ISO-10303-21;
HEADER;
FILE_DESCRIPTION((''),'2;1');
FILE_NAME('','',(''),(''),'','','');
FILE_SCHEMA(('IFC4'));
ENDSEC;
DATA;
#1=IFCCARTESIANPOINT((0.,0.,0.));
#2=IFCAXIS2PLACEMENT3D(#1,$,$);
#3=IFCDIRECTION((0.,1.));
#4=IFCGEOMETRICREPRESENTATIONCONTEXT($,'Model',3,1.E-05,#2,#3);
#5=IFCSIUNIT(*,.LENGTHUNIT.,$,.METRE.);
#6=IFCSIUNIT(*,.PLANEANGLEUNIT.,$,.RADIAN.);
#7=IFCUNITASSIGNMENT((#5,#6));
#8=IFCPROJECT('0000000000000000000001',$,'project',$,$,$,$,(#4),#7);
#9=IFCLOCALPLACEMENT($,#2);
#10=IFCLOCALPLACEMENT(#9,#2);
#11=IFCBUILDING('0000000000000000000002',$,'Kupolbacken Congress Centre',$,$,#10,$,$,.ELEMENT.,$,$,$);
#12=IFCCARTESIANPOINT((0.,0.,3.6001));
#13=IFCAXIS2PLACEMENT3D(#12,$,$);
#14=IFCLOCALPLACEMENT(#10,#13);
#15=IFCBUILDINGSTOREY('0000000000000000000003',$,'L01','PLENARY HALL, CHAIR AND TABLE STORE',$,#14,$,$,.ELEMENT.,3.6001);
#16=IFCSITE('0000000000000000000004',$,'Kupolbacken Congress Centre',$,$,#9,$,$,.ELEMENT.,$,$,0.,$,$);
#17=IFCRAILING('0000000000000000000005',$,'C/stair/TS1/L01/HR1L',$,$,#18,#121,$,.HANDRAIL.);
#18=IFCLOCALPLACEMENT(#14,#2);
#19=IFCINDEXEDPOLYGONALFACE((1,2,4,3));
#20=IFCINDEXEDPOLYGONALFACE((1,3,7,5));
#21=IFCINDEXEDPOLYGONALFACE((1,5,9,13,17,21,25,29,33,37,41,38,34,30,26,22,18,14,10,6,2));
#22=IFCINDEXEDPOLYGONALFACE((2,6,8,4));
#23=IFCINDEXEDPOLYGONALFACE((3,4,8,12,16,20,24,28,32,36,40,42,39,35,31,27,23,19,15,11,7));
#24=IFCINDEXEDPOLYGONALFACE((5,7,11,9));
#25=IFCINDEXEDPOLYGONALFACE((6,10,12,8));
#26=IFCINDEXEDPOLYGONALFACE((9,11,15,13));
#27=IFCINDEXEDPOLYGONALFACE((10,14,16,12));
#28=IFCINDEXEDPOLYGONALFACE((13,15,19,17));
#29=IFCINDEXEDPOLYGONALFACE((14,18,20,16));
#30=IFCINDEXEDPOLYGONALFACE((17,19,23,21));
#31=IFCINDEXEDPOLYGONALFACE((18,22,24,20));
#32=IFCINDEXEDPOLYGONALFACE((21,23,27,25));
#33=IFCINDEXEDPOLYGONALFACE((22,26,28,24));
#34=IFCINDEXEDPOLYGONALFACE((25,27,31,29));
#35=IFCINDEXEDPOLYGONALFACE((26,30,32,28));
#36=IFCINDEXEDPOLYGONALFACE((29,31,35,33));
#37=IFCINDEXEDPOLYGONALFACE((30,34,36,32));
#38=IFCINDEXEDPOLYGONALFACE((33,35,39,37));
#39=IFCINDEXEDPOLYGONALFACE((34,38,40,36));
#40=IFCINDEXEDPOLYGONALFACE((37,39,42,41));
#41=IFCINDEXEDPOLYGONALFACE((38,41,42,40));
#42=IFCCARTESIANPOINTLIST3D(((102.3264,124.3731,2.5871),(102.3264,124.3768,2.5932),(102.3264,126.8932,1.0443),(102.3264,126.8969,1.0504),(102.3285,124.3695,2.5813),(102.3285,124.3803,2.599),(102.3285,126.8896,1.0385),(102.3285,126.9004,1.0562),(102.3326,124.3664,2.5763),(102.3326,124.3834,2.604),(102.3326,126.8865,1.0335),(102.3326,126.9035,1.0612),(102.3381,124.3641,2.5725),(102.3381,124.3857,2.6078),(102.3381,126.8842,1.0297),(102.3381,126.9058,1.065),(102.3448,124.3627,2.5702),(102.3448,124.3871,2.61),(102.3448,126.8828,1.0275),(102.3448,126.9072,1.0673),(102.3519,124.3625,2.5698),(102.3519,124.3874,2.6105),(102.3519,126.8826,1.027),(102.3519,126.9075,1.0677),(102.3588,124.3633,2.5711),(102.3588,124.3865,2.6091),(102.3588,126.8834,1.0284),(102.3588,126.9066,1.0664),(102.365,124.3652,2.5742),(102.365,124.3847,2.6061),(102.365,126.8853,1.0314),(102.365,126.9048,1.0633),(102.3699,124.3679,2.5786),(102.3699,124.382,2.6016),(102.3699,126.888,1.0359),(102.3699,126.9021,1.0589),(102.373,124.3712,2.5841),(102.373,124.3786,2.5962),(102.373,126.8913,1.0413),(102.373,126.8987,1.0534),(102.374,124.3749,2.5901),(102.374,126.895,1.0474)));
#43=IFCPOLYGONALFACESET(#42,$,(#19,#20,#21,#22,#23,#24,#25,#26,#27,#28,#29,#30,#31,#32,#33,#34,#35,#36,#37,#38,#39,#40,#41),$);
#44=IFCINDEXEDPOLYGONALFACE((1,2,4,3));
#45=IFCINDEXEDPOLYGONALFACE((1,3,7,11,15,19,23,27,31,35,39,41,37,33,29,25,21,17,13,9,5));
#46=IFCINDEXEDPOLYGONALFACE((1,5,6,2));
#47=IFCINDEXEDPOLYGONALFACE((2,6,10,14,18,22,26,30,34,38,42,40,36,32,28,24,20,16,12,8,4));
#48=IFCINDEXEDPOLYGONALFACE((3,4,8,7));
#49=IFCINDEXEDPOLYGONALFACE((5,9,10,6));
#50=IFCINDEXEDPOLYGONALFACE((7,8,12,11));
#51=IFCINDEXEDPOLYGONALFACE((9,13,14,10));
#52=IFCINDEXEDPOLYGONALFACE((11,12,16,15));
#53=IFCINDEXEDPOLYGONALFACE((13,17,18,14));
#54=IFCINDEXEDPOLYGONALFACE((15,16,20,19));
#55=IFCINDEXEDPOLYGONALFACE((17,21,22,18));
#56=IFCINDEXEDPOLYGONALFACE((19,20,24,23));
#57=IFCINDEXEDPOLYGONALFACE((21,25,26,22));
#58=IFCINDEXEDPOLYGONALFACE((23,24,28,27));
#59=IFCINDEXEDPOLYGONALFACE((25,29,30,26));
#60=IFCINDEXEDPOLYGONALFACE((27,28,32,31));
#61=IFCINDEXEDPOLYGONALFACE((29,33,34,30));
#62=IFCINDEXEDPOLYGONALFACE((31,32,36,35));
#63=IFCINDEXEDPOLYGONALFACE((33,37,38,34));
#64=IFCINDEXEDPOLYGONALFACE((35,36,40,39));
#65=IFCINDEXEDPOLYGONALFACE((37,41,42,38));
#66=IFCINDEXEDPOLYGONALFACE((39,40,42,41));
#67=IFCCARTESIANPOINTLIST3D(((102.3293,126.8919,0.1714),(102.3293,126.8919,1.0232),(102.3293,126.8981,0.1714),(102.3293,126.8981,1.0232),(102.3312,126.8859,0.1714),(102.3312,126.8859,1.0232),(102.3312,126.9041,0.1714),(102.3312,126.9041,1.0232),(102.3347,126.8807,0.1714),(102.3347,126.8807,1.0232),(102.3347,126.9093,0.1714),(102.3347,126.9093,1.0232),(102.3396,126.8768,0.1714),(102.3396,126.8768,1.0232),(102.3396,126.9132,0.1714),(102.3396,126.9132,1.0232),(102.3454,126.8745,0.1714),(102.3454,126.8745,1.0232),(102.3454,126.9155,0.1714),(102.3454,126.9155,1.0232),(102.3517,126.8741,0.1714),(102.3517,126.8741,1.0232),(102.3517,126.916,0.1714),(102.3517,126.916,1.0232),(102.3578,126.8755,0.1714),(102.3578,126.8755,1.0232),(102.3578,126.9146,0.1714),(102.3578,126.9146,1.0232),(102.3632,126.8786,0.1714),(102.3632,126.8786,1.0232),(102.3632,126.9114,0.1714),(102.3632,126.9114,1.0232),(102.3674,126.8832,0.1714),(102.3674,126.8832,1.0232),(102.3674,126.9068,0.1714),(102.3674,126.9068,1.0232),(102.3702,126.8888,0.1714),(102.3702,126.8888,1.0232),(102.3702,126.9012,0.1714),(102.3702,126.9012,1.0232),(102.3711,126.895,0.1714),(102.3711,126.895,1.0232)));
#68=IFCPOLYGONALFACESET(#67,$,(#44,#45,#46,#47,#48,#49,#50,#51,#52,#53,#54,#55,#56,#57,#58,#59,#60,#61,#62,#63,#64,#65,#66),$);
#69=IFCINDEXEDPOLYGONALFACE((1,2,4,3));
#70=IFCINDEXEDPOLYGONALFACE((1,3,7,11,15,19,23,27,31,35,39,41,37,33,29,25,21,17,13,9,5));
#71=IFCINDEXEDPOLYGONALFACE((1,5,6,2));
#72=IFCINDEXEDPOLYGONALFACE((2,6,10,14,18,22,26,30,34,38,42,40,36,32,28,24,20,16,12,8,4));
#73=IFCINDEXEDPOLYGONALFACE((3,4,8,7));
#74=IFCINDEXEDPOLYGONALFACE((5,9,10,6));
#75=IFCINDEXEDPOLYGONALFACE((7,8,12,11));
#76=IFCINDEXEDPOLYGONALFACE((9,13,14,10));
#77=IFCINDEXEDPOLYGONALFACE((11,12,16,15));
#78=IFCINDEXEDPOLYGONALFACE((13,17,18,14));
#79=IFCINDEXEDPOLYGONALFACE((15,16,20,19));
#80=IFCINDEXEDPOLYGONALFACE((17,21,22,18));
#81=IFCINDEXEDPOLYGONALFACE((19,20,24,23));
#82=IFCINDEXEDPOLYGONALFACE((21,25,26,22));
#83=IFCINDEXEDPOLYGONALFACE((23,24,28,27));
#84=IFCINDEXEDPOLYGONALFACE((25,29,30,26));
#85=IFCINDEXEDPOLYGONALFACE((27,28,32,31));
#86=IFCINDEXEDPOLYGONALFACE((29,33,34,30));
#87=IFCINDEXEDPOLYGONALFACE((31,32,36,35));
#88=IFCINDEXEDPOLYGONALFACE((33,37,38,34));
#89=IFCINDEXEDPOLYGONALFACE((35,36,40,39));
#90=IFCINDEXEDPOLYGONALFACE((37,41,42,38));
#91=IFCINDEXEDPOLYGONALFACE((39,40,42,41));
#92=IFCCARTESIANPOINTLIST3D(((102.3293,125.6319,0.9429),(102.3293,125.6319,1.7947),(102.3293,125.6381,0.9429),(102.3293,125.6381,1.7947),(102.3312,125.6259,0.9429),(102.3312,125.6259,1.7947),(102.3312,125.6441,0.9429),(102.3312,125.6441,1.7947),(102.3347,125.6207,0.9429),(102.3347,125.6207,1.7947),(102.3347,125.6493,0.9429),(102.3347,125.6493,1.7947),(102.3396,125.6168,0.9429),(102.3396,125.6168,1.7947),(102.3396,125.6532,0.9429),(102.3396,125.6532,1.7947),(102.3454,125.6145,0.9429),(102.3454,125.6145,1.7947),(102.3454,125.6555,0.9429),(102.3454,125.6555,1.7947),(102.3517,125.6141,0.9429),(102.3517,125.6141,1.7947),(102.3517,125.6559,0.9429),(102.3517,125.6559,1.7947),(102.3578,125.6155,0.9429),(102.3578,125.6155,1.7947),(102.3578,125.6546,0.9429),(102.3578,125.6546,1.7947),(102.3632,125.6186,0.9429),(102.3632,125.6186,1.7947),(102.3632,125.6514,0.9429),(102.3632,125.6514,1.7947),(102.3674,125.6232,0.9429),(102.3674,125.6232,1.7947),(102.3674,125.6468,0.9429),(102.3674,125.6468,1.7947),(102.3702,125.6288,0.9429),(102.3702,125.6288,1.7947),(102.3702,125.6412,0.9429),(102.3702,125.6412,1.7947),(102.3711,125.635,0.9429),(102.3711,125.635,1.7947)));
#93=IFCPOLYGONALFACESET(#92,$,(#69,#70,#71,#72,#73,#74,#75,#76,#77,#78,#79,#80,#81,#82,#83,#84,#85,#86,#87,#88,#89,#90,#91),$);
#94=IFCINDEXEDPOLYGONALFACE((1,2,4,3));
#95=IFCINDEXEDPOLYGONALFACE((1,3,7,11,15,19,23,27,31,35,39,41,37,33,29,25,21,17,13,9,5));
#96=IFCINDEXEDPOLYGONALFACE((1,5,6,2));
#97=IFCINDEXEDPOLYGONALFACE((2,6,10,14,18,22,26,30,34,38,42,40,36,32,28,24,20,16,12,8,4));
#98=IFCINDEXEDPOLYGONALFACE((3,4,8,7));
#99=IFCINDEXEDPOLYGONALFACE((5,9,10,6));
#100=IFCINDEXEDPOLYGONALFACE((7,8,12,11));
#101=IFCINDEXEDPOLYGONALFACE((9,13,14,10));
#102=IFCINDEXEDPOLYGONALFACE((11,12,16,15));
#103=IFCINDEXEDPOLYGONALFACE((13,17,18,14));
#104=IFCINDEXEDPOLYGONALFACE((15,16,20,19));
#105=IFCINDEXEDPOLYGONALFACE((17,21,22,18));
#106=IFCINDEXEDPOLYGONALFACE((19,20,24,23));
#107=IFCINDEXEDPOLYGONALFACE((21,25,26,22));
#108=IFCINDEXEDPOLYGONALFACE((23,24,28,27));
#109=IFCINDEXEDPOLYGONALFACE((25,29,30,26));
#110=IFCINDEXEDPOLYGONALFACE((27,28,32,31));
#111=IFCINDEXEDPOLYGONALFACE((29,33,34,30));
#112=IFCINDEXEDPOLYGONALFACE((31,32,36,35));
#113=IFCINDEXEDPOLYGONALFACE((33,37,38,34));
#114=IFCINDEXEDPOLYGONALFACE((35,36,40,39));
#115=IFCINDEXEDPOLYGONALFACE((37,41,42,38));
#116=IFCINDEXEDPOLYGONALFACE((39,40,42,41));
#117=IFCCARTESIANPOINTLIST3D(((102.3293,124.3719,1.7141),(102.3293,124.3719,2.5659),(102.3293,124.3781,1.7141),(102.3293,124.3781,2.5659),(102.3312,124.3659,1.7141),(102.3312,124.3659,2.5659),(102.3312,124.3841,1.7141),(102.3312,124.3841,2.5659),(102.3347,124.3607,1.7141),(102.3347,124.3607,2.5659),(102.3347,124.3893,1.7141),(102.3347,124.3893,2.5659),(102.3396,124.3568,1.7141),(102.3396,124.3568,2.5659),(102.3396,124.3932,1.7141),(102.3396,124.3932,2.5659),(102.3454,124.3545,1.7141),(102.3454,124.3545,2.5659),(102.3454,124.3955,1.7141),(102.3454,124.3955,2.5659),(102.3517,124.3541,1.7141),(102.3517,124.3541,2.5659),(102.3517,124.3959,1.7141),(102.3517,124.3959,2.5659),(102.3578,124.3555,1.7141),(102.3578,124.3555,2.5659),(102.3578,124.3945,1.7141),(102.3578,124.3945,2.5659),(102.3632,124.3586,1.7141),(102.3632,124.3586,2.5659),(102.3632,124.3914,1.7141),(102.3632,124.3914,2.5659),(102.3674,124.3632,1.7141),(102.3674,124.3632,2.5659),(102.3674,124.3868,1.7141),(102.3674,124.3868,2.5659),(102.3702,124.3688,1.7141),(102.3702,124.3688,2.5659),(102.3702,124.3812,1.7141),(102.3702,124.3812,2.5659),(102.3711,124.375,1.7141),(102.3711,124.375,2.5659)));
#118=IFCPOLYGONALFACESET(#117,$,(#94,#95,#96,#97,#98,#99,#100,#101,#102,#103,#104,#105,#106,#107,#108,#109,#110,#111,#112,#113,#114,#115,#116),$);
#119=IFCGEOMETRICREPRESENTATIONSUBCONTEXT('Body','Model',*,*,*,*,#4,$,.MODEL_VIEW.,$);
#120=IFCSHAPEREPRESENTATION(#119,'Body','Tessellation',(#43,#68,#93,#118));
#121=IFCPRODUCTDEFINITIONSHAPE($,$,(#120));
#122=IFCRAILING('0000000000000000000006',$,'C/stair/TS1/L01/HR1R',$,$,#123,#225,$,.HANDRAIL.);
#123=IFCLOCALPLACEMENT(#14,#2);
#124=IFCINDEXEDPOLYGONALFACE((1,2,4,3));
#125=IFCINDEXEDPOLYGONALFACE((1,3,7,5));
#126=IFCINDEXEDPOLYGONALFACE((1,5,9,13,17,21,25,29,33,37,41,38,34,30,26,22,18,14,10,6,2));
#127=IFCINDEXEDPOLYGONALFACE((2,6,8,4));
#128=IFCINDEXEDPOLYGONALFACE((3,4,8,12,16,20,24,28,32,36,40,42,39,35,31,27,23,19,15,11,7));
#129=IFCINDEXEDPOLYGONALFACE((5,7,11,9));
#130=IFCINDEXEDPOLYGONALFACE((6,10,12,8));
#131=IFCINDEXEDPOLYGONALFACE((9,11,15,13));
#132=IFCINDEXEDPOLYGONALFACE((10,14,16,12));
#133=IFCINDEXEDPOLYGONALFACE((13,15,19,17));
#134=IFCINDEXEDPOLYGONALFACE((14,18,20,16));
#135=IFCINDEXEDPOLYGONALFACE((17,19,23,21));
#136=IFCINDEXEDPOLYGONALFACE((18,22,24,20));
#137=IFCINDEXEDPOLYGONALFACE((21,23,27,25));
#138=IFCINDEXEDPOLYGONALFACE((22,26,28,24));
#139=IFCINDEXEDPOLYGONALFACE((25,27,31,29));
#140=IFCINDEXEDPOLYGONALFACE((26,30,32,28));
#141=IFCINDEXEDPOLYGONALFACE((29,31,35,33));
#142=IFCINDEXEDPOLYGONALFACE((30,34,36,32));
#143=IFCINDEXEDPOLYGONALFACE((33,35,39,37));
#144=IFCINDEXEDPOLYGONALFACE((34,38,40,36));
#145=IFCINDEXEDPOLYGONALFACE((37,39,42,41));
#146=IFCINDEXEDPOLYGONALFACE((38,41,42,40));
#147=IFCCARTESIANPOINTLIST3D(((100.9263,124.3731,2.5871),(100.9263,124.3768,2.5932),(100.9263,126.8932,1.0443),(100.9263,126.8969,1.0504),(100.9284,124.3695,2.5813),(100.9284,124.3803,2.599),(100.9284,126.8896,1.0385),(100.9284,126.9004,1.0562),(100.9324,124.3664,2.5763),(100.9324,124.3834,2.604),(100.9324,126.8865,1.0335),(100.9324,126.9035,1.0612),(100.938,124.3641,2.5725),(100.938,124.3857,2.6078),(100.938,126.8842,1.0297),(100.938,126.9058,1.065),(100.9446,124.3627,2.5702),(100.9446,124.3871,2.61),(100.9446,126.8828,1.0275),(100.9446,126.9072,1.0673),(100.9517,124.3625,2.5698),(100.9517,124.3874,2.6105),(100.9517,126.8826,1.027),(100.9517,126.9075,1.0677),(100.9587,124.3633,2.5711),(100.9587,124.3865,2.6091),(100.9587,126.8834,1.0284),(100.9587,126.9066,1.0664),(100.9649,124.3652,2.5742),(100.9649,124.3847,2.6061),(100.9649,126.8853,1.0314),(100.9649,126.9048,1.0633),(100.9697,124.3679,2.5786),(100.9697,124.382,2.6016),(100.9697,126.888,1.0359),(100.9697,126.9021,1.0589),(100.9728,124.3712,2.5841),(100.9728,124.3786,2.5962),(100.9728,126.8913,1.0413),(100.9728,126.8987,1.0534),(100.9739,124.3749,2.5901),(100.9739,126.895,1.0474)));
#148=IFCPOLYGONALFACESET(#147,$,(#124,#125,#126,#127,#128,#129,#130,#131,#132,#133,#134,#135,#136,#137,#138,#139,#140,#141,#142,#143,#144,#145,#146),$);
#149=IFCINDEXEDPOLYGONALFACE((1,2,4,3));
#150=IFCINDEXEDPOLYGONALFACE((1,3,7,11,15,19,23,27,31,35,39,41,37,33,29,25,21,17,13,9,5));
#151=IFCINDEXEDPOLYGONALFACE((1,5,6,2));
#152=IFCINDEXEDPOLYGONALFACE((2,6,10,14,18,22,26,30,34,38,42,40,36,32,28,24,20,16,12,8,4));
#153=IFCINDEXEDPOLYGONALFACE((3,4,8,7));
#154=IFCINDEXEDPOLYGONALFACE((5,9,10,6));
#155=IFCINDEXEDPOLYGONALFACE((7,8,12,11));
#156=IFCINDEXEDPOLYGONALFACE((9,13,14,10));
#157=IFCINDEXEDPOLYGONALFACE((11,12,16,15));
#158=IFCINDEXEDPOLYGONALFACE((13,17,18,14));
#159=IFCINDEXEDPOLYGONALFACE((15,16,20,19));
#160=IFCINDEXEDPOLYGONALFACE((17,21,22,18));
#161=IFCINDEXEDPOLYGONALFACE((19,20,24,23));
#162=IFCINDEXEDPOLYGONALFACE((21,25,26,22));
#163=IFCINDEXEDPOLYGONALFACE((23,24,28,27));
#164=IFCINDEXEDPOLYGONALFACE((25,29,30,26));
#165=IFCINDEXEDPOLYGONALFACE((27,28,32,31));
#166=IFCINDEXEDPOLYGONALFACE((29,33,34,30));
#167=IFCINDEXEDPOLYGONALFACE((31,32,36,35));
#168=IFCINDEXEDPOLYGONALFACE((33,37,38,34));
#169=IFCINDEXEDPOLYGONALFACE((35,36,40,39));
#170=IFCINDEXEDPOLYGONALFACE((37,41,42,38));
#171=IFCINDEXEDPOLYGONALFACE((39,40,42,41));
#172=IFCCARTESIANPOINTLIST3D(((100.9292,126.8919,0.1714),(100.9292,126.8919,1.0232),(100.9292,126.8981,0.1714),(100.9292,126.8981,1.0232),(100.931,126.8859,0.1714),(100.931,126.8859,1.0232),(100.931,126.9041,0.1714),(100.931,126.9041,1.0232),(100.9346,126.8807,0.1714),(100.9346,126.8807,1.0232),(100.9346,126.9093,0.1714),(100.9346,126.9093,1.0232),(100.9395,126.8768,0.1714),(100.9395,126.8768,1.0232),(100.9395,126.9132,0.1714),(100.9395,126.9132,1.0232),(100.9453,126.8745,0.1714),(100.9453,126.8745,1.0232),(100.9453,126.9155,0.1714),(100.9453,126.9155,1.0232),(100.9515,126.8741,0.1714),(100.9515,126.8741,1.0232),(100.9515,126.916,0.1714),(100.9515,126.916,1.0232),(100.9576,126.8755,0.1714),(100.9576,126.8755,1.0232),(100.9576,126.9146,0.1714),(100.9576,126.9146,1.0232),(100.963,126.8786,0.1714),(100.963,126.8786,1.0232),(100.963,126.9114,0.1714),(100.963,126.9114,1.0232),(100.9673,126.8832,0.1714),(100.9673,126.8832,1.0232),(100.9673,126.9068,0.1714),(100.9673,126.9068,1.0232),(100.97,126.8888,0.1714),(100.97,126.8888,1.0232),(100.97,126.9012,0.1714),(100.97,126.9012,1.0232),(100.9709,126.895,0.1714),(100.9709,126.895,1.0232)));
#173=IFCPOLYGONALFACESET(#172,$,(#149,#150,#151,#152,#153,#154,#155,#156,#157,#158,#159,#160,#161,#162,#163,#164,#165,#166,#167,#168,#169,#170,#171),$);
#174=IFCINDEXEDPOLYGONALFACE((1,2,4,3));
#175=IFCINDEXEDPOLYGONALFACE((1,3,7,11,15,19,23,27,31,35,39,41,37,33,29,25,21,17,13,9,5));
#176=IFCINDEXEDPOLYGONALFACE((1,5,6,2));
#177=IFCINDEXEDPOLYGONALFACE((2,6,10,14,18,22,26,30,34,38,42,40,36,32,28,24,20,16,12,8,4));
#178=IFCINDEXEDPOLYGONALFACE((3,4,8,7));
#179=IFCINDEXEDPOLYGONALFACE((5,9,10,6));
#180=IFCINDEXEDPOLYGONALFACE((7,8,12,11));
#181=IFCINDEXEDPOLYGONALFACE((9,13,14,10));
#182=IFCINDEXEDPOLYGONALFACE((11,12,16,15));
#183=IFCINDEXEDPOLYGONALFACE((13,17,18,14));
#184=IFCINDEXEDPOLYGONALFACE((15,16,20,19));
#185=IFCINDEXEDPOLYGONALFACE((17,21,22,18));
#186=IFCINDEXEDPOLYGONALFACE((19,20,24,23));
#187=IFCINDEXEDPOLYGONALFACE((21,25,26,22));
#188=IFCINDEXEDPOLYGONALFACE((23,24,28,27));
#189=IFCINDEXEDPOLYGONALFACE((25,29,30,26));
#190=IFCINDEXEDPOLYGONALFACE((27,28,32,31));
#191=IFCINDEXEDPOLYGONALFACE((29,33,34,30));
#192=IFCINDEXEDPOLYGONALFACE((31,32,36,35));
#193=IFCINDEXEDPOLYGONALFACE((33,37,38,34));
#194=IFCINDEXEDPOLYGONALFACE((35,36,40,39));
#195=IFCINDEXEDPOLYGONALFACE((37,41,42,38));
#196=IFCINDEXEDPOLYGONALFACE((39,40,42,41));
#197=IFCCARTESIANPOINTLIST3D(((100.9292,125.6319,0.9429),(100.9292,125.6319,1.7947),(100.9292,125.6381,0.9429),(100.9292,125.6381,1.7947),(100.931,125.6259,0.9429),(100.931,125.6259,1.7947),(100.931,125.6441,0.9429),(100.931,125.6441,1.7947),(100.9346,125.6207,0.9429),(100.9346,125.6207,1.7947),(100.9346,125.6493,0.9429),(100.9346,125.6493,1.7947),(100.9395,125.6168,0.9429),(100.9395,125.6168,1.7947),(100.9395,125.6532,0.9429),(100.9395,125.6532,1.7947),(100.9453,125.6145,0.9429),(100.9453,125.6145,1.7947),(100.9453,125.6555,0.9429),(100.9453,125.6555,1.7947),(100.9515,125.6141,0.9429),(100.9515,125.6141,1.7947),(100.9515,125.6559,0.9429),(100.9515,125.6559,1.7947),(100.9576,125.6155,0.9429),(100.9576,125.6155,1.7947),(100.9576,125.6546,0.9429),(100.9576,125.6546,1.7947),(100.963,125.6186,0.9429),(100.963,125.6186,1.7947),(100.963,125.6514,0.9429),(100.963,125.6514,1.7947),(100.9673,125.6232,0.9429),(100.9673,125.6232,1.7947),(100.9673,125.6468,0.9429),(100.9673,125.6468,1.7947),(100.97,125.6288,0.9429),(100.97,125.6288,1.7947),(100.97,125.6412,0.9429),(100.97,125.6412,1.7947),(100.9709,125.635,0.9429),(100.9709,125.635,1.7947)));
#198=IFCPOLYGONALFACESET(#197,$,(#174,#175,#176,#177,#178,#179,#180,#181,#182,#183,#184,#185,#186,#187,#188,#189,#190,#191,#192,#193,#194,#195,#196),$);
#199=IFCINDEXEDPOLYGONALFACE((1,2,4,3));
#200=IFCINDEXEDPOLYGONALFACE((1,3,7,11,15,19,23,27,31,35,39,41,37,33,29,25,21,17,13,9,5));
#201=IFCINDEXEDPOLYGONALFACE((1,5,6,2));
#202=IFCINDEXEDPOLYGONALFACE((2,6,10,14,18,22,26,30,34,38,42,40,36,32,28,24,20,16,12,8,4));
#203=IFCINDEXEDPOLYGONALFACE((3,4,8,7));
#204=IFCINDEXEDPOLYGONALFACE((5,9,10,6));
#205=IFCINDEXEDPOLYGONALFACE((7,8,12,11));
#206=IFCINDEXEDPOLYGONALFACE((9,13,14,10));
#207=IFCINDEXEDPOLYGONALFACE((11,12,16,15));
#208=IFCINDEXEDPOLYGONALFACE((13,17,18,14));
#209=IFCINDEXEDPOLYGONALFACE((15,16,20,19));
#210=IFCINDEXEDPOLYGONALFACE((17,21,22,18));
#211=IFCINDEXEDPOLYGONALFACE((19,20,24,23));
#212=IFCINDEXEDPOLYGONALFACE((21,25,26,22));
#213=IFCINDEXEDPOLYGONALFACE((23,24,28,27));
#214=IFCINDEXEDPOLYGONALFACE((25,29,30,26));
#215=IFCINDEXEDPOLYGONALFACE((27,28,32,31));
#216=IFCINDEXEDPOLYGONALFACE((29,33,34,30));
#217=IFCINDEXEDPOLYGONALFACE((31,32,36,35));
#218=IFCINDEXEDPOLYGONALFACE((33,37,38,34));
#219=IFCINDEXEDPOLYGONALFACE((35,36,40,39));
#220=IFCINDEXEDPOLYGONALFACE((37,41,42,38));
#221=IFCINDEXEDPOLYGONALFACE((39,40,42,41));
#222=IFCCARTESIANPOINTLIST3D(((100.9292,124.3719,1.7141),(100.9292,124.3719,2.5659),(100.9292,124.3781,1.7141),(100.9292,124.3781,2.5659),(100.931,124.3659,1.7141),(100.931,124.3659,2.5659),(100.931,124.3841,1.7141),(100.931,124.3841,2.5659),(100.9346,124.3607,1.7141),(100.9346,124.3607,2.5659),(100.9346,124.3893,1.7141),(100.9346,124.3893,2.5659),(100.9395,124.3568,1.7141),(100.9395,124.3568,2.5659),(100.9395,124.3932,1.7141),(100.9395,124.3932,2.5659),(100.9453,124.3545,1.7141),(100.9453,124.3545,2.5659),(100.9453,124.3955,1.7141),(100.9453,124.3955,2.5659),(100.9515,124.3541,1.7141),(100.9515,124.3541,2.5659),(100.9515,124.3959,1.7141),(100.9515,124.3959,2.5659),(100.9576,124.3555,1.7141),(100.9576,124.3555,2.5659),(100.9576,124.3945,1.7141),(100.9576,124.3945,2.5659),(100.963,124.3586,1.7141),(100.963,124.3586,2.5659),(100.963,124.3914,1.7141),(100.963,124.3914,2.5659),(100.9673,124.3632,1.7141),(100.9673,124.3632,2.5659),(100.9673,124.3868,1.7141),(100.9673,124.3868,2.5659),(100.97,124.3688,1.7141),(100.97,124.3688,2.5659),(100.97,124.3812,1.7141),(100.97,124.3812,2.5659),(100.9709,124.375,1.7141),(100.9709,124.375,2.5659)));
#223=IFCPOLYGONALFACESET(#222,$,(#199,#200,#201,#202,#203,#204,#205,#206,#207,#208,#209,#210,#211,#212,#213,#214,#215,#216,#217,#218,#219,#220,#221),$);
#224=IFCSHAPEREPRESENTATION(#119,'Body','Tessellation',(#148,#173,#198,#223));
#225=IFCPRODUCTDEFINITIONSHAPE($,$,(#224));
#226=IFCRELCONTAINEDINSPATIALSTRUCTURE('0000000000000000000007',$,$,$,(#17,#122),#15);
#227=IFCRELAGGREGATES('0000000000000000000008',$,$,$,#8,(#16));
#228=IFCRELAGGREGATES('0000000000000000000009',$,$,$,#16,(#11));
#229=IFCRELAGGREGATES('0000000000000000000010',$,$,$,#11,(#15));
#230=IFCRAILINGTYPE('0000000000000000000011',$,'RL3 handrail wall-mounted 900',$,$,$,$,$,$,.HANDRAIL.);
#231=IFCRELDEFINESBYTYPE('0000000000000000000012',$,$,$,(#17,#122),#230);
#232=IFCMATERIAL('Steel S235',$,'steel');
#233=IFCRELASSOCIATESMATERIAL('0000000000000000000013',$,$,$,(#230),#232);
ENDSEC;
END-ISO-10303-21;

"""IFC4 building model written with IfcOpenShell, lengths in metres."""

from ifc_helpers import new_model, si_unit, direction, frame, origin, origin_2d, place, context, subcontext, project, spatial, circle, extrude, material, type_object, element, save


model = new_model("IFC4")

# Units and contexts
model_context = context("Model", 3, precision=1e-05, world=origin(), true_north=direction((0.0, 1.0)))
body_context = subcontext(model_context, "Body", "Model", "MODEL_VIEW")
ifc_project = project(units=[si_unit("LENGTHUNIT", "METRE"), si_unit("PLANEANGLEUNIT", "RADIAN")], contexts=[model_context])

# Site, building, storey
site_placement = place(None, origin())
site = spatial("IfcSite", under=ifc_project, at=site_placement, Name="Kupolbacken Congress Centre", CompositionType="ELEMENT", RefElevation=0.0)
building_placement = place(site_placement, origin())
building = spatial("IfcBuilding", under=site, at=building_placement, Name="Kupolbacken Congress Centre", CompositionType="ELEMENT")
storey_placement = place(building_placement, frame((0.0, 0.0, 3.6001)))
storey = spatial("IfcBuildingStorey", under=building, at=storey_placement, Name="L01", Description="PLENARY HALL, CHAIR AND TABLE STORE", CompositionType="ELEMENT", Elevation=3.6001)

# Railings
ifc_material_1 = material(Name="Steel S235", Category="steel")
railing_type = type_object("IfcRailingType", Name="RL3 handrail wall-mounted 900", PredefinedType="HANDRAIL", material=ifc_material_1)
for number, where, name in (
    (1, (102.3501, 126.895, 0.1714), "C/stair/TS1/L01/HR1L"),
    (2, (100.95, 126.895, 0.1714), "C/stair/TS1/L01/HR1R"),
):
    element("IfcRailing", number, at=place(storey_placement, frame(where)), inside=storey, type_object=railing_type, Name=name, PredefinedType="HANDRAIL", context=body_context, shape_type="SweptSolid", body=[
        extrude(circle(Radius=0.0239, at=origin_2d()), frame((0.0, 0.0, 0.876), z_axis=(0.0, -0.852873, 0.522118), x_axis=(1.0, 0.0, 0.0)), (0.0, 0.0, 1.0), 2.9548),
        extrude(circle(Radius=0.021, at=origin_2d()), origin(), (0.0, 0.0, 1.0), 0.8518),
        extrude(circle(Radius=0.021, at=origin_2d()), frame((0.0, -1.26, 0.7715)), (0.0, 0.0, 1.0), 0.8518),
        extrude(circle(Radius=0.021, at=origin_2d()), frame((0.0, -2.52, 1.5427)), (0.0, 0.0, 1.0), 0.8518),
    ])

save(model, "model.ifc")
